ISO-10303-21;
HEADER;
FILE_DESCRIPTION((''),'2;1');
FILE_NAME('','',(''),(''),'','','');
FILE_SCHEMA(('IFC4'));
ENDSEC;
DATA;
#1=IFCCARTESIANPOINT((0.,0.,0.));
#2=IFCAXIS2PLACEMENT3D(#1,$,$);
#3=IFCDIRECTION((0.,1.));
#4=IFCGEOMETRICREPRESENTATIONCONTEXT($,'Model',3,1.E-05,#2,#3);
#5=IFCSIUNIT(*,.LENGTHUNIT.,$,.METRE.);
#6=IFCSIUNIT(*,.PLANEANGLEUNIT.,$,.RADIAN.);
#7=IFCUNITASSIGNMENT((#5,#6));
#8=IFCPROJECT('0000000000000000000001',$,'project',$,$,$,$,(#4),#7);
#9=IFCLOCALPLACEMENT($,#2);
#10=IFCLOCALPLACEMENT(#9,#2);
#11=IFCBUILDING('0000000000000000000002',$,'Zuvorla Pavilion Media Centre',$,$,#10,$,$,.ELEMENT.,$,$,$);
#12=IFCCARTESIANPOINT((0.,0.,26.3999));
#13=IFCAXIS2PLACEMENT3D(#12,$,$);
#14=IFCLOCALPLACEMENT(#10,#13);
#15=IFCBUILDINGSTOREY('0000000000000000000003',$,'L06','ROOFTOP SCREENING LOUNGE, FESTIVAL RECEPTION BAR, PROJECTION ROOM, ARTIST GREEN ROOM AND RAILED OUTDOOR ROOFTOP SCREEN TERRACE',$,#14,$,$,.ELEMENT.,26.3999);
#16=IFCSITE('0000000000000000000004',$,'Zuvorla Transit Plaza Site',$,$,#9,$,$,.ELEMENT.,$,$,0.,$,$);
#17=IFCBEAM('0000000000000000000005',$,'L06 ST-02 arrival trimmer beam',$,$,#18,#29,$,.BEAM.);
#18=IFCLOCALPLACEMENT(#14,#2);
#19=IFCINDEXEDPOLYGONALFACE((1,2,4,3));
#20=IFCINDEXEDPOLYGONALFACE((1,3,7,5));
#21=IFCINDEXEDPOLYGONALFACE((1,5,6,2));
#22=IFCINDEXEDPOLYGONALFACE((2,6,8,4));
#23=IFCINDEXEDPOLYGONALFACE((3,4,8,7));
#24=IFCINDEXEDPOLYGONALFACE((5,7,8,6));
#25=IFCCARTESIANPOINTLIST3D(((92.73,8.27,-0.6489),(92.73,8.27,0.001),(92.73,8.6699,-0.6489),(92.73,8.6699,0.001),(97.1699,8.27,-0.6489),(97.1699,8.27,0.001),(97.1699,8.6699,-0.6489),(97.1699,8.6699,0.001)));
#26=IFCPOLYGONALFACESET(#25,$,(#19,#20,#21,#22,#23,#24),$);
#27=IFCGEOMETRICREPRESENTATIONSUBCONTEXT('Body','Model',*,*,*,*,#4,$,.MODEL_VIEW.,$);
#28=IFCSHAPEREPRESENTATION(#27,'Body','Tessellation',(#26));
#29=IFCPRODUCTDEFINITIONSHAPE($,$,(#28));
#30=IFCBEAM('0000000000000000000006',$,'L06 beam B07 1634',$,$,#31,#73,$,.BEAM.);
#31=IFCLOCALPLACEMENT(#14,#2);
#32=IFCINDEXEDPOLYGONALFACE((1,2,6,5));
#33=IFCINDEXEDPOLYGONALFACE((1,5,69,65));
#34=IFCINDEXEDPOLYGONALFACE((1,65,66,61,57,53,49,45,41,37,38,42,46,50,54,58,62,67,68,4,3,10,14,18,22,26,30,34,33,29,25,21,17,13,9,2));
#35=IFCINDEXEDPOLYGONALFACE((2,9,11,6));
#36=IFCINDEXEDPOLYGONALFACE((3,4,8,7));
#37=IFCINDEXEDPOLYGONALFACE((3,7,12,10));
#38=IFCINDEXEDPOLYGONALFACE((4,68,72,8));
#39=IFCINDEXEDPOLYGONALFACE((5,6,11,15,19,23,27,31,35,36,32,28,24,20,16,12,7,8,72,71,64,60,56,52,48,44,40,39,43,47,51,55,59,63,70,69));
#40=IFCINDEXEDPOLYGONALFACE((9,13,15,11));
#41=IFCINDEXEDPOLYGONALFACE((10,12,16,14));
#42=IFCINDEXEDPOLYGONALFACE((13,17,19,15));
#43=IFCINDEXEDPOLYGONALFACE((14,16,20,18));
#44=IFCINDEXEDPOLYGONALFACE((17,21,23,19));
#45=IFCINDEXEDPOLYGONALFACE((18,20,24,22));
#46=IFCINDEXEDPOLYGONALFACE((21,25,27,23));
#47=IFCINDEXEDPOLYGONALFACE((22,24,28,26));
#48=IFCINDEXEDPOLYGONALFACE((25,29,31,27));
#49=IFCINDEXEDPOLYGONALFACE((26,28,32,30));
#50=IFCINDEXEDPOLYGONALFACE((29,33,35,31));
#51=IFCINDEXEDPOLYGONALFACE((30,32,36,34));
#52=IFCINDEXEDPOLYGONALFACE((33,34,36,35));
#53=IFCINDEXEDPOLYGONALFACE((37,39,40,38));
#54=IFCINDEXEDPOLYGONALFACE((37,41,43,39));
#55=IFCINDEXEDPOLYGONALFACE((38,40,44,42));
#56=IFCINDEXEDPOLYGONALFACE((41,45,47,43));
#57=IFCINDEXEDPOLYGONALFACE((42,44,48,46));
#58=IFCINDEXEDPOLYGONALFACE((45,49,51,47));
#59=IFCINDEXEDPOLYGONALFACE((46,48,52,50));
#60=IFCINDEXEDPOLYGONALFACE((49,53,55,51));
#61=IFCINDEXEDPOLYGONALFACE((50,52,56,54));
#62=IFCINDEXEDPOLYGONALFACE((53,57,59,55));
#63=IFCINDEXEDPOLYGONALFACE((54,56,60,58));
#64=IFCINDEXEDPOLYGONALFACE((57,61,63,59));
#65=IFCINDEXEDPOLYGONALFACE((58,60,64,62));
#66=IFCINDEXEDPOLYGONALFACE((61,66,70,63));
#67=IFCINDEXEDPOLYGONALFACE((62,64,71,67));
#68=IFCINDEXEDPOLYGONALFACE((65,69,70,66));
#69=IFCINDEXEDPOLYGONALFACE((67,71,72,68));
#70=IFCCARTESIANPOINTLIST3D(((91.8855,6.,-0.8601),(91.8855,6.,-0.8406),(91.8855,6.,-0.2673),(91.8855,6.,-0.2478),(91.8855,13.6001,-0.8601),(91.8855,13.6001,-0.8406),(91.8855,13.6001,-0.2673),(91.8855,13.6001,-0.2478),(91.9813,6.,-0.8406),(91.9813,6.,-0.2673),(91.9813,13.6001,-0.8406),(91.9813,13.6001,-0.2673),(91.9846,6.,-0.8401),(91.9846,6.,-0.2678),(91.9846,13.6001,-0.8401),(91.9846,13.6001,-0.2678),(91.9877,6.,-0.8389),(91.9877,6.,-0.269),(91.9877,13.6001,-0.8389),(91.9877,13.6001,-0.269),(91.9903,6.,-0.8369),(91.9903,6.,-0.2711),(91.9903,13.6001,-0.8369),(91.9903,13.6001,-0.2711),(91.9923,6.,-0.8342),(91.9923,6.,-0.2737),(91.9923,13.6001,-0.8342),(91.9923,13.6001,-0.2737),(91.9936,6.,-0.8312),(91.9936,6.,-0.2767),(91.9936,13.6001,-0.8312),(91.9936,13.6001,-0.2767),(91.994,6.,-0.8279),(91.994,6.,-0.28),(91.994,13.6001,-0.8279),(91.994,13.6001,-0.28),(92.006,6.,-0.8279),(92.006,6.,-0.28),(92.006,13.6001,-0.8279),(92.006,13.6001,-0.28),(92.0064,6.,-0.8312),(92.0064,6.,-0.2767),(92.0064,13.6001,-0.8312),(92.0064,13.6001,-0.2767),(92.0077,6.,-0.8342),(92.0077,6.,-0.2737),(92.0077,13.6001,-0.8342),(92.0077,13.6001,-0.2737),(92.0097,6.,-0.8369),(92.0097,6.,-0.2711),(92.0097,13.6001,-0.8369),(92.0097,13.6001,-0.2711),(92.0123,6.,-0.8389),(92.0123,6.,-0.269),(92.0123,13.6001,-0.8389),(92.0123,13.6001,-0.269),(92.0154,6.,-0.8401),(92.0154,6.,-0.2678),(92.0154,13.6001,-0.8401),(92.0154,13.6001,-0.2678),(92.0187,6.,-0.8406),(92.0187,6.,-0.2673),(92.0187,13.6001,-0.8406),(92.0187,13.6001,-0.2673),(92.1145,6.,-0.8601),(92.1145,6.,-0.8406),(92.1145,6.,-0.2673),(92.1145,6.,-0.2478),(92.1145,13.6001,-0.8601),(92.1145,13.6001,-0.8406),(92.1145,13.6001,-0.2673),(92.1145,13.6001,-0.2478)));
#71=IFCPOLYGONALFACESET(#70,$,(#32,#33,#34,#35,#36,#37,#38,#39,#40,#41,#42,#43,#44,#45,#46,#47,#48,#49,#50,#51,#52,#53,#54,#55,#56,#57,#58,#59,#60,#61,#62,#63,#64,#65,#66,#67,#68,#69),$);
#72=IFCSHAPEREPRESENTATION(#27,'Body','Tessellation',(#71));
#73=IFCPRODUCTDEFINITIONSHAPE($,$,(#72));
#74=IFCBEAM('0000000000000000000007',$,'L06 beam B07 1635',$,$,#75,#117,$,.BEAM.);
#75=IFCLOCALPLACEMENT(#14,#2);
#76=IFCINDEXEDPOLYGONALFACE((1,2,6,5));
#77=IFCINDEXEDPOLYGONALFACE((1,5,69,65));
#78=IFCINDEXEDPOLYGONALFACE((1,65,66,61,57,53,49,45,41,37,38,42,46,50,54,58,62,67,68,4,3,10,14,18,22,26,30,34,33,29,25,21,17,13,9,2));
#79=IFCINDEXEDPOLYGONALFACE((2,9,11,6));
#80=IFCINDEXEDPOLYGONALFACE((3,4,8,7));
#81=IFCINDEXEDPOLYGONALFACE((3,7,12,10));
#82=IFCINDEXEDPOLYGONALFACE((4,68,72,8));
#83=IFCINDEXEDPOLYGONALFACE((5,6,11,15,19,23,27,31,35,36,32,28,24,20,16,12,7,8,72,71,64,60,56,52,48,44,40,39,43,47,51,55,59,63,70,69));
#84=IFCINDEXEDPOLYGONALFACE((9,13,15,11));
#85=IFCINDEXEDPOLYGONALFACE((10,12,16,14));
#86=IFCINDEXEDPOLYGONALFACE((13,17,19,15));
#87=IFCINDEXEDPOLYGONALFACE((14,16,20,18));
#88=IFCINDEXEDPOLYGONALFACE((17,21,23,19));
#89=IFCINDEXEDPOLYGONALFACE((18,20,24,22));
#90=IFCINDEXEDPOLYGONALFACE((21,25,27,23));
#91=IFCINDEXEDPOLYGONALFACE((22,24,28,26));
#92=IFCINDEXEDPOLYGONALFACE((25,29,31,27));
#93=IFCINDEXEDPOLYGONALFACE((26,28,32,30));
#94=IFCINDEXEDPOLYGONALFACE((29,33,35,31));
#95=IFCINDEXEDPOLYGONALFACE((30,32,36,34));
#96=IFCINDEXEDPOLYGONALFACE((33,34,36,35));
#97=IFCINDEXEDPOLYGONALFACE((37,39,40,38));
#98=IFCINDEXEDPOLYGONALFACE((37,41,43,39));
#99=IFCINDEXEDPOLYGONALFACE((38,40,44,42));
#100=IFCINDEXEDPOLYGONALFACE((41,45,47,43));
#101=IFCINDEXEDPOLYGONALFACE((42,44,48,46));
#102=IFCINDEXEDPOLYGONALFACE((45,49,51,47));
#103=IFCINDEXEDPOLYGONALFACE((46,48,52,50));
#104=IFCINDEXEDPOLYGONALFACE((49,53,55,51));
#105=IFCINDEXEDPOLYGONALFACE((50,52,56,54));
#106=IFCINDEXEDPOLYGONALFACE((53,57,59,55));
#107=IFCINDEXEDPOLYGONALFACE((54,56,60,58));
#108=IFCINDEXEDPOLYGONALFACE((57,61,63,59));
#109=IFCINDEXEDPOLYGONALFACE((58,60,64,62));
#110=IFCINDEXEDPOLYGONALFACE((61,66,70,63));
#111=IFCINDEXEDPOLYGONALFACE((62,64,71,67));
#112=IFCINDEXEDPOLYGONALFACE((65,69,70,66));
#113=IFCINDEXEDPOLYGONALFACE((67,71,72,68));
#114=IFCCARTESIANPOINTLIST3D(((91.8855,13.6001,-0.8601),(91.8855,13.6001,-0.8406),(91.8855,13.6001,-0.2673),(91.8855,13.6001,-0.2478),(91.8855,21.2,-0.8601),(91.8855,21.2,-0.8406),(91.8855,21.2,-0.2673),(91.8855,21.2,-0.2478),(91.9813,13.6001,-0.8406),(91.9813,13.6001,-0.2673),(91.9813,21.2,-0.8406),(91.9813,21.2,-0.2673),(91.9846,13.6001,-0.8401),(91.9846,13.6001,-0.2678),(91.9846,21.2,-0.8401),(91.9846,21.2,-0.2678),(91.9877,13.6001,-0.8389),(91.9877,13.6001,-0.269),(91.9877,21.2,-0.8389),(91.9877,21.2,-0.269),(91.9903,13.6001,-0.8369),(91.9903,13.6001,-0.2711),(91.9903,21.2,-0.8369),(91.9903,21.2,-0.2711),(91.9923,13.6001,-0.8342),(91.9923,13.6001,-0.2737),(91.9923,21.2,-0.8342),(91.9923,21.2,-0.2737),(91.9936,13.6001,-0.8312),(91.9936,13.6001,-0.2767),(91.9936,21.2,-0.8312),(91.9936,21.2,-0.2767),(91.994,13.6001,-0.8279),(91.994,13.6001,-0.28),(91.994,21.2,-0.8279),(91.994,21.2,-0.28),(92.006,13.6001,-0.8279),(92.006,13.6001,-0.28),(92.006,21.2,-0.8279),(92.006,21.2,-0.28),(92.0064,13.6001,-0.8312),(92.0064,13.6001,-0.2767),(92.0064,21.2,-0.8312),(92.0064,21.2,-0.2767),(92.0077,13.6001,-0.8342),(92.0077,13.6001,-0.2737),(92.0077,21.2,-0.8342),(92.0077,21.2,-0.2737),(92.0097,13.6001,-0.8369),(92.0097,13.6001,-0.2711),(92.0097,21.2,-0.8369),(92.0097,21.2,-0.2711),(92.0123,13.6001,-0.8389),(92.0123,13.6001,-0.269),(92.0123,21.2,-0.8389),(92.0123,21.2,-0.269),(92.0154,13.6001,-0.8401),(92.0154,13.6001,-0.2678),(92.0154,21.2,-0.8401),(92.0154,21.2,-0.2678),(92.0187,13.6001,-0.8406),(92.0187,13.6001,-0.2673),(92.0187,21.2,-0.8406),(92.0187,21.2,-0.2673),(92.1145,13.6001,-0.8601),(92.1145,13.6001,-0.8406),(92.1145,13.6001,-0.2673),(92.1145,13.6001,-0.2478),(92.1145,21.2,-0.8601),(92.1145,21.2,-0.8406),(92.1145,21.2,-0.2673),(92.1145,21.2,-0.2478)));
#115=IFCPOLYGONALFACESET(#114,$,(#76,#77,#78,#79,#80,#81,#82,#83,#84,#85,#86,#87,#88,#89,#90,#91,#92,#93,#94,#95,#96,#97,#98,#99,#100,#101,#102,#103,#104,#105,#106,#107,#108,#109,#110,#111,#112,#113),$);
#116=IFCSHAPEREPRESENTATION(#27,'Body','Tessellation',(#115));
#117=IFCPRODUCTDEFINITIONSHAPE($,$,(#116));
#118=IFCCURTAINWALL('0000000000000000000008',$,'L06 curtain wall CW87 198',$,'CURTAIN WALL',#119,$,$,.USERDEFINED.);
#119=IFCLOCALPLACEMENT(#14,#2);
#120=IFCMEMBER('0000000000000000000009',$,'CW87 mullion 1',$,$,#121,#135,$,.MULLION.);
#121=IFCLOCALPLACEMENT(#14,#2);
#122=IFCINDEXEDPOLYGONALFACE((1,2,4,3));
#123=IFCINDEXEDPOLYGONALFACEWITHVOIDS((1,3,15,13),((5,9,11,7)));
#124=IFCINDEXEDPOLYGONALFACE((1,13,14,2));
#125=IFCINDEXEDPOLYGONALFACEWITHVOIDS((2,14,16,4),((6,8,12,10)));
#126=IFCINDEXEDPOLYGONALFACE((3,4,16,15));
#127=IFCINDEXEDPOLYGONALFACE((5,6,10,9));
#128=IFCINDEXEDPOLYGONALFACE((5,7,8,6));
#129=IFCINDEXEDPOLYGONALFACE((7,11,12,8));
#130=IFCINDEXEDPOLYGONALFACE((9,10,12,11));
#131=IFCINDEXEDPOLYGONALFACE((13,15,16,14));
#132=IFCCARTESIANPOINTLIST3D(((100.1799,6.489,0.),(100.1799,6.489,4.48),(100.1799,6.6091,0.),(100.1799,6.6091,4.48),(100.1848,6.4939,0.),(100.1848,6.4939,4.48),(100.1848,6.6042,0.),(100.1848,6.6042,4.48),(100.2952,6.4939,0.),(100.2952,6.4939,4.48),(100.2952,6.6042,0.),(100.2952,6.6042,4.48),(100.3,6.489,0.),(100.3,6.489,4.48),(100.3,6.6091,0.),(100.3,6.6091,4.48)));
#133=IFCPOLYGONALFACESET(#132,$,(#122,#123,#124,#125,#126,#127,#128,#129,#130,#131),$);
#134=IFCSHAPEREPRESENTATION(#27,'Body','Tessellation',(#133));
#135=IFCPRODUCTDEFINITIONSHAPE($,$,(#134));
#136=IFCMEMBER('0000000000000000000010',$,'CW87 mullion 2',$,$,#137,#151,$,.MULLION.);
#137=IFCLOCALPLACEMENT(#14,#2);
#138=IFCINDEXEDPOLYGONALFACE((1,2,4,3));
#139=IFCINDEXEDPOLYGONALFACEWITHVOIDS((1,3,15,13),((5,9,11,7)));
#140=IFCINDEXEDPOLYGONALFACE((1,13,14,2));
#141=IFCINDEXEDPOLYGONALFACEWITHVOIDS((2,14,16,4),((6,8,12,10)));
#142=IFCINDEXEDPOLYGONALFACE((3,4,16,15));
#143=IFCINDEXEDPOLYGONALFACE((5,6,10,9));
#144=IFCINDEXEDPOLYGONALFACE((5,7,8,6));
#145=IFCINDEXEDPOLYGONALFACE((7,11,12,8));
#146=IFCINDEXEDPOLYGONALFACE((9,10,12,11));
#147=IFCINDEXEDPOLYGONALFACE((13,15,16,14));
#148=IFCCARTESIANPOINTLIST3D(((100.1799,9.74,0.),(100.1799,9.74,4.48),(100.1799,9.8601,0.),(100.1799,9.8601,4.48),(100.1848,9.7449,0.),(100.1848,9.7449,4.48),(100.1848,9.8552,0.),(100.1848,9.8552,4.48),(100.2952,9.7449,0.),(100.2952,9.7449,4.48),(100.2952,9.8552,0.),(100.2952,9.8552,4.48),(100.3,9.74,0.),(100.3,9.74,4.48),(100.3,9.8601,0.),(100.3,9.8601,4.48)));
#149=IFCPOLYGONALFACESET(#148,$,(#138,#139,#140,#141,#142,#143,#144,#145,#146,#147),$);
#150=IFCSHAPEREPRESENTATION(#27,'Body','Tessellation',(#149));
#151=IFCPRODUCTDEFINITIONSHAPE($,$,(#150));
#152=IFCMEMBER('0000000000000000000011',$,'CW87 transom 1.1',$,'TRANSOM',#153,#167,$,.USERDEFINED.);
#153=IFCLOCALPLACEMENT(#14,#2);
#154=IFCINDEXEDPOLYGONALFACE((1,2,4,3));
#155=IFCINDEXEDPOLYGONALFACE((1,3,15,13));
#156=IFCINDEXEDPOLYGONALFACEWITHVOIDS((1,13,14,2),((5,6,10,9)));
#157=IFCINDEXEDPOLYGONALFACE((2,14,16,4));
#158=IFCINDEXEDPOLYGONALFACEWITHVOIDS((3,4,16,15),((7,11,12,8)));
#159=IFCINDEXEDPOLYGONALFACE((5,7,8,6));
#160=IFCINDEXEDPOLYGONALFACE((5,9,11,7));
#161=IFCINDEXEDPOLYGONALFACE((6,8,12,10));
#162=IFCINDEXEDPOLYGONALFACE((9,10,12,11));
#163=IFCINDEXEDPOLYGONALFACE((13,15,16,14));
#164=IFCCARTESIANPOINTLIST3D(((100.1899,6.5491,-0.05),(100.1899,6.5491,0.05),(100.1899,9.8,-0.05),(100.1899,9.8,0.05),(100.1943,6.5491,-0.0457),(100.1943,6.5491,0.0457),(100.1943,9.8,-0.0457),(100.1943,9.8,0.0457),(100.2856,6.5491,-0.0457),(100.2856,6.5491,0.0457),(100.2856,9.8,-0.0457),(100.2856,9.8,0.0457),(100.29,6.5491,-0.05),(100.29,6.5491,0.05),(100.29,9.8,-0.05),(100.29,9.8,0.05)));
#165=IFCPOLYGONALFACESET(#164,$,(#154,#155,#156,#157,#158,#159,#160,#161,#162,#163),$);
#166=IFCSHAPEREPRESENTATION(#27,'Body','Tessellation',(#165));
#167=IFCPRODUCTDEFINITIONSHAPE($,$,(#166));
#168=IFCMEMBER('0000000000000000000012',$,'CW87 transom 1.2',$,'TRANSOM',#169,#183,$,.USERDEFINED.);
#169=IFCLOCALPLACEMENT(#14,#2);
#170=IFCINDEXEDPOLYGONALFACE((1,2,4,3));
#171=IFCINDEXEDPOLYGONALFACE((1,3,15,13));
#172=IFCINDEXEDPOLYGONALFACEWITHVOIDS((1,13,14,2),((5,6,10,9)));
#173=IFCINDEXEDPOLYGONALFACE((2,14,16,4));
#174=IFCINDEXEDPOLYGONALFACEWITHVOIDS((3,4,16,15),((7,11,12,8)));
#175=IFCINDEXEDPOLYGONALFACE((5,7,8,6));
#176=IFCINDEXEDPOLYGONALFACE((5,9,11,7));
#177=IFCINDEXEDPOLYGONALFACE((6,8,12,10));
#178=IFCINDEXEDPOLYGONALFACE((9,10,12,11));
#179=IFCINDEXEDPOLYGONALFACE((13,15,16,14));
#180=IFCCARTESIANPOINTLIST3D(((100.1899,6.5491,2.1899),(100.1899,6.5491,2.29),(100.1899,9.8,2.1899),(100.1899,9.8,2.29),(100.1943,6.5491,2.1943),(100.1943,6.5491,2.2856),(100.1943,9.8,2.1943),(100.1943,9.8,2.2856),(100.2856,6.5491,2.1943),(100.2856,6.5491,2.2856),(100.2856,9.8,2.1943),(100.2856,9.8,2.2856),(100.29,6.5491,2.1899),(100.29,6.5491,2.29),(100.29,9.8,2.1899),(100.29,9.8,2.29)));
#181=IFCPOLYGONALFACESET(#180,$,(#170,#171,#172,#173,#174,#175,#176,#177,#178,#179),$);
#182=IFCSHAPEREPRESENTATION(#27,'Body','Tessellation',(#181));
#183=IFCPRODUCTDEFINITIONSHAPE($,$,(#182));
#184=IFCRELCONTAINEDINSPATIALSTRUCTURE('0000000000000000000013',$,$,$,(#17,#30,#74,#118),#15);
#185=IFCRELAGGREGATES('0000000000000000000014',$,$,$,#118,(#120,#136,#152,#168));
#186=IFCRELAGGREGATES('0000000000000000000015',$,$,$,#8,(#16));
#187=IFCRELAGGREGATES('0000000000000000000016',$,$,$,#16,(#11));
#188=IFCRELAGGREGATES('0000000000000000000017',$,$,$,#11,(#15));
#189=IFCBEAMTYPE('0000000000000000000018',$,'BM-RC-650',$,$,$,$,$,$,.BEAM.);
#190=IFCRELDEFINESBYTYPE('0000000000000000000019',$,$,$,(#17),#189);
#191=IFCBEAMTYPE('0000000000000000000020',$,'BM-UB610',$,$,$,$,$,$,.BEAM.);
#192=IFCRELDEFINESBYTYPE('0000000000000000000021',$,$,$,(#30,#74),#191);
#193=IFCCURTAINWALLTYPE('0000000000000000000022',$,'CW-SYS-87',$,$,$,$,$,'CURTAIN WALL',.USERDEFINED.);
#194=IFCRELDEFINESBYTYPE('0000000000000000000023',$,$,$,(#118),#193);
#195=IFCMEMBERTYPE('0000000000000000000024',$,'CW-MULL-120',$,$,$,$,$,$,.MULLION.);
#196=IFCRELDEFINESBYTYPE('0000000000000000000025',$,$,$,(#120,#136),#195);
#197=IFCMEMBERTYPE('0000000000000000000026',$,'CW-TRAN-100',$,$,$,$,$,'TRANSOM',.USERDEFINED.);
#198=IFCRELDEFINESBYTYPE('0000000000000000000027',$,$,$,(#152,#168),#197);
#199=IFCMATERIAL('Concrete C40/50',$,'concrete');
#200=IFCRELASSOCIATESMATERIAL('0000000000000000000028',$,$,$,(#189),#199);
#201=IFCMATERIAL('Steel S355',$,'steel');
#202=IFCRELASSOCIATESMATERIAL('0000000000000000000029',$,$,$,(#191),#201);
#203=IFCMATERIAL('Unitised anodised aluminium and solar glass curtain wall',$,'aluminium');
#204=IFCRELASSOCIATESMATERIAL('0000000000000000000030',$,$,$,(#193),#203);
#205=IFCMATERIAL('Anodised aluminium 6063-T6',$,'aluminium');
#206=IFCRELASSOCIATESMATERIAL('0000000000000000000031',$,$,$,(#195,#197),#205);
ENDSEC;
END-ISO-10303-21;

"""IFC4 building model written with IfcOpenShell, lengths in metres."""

from ifc_helpers import new_model, si_unit, direction, frame, origin, origin_2d, place, context, subcontext, project, spatial, rectangle, hollow_rectangle, i_section, extrude, material, material_profile, profile_set, type_object, element, aggregate, save


model = new_model("IFC4")

# Units and contexts
model_context = context("Model", 3, precision=1e-05, world=origin(), true_north=direction((0.0, 1.0)))
body_context = subcontext(model_context, "Body", "Model", "MODEL_VIEW")
ifc_project = project(units=[si_unit("LENGTHUNIT", "METRE"), si_unit("PLANEANGLEUNIT", "RADIAN")], contexts=[model_context])

# Site, building, storey
site_placement = place(None, origin())
site = spatial("IfcSite", under=ifc_project, at=site_placement, Name="Zuvorla Transit Plaza Site", CompositionType="ELEMENT", RefElevation=0.0)
building_placement = place(site_placement, origin())
building = spatial("IfcBuilding", under=site, at=building_placement, Name="Zuvorla Pavilion Media Centre", CompositionType="ELEMENT")
storey_placement = place(building_placement, frame((0.0, 0.0, 26.3999)))
storey = spatial("IfcBuildingStorey", under=building, at=storey_placement, Name="L06", Description="ROOFTOP SCREENING LOUNGE, FESTIVAL RECEPTION BAR, PROJECTION ROOM, ARTIST GREEN ROOM AND RAILED OUTDOOR ROOFTOP SCREEN TERRACE", CompositionType="ELEMENT", Elevation=26.3999)

# Beams
ifc_material_1 = material(Name="Concrete C40/50", Category="concrete")
ifc_material_profile_1 = material_profile(ifc_material_1, rectangle(XDim=0.3999, YDim=0.6499, at=origin_2d()), Name="RC 400x650")
ifc_profile_set_1 = profile_set([ifc_material_profile_1], Name="Concrete C40/50")
beam_type_1 = type_object("IfcBeamType", Name="BM-RC-650", PredefinedType="BEAM", material=ifc_profile_set_1)
beam_1_placement = place(storey_placement, frame((92.73, 8.47, -0.324), z_axis=(1.0, 0.0, 0.0), x_axis=(0.0, 1.0, 0.0)))
element("IfcBeam", 1, at=beam_1_placement, inside=storey, type_object=beam_type_1, Name="L06 ST-02 arrival trimmer beam", PredefinedType="BEAM", context=body_context, shape_type="SweptSolid", body=[
    extrude(rectangle(XDim=0.3999, YDim=0.6499, at=origin_2d()), origin(), (0.0, 0.0, 1.0), 4.4399),
])
ifc_material_2 = material(Name="Steel S355", Category="steel")
ifc_material_profile_2 = material_profile(ifc_material_2, i_section(OverallWidth=0.229, OverallDepth=0.6123, WebThickness=0.012, FlangeThickness=0.0195, FilletRadius=0.0127, at=origin_2d()), Name="UB 610x229x125")
ifc_profile_set_2 = profile_set([ifc_material_profile_2], Name="Steel S355")
beam_type_2 = type_object("IfcBeamType", Name="BM-UB610", PredefinedType="BEAM", material=ifc_profile_set_2)
beam_2_placement = place(storey_placement, frame((92.0, 6.0, -0.554), z_axis=(0.0, 1.0, 0.0), x_axis=(-1.0, 0.0, 0.0)))
element("IfcBeam", 2, at=beam_2_placement, inside=storey, type_object=beam_type_2, Name="L06 beam B07 1634", PredefinedType="BEAM", context=body_context, shape_type="SweptSolid", body=[
    extrude(i_section(OverallWidth=0.229, OverallDepth=0.6123, WebThickness=0.012, FlangeThickness=0.0195, FilletRadius=0.0127, at=origin_2d()), origin(), (0.0, 0.0, 1.0), 7.6001),
])
beam_3_placement = place(storey_placement, frame((92.0, 13.6001, -0.554), z_axis=(0.0, 1.0, 0.0), x_axis=(-1.0, 0.0, 0.0)))
element("IfcBeam", 3, at=beam_3_placement, inside=storey, type_object=beam_type_2, Name="L06 beam B07 1635", PredefinedType="BEAM", context=body_context, shape_type="SweptSolid", body=[
    extrude(i_section(OverallWidth=0.229, OverallDepth=0.6123, WebThickness=0.012, FlangeThickness=0.0195, FilletRadius=0.0127, at=origin_2d()), origin(), (0.0, 0.0, 1.0), 7.5999),
])

# Curtain wall, members
ifc_material_3 = material(Name="Unitised anodised aluminium and solar glass curtain wall", Category="aluminium")
curtain_wall_type = type_object("IfcCurtainWallType", Name="CW-SYS-87", ElementType="CURTAIN WALL", PredefinedType="USERDEFINED", material=ifc_material_3)
curtain_wall_placement = place(storey_placement, origin())
curtain_wall = element("IfcCurtainWall", 4, at=curtain_wall_placement, inside=storey, type_object=curtain_wall_type, Name="L06 curtain wall CW87 198", ObjectType="CURTAIN WALL", PredefinedType="USERDEFINED")
ifc_material_4 = material(Name="Anodised aluminium 6063-T6", Category="aluminium")
ifc_material_profile_3 = material_profile(ifc_material_4, hollow_rectangle(XDim=0.1201, YDim=0.1201, WallThickness=0.0049, at=origin_2d()), Name="ALU MULL 120x120")
ifc_profile_set_3 = profile_set([ifc_material_profile_3], Name="Anodised aluminium 6063-T6")
member_type_1 = type_object("IfcMemberType", Name="CW-MULL-120", PredefinedType="MULLION", material=ifc_profile_set_3)
member_1_placement = place(storey_placement, frame((100.24, 6.5491, 0.0), z_axis=(0.0, 0.0, 1.0), x_axis=(1.0, 0.0, 0.0)))
member_1 = element("IfcMember", 5, at=member_1_placement, type_object=member_type_1, Name="CW87 mullion 1", PredefinedType="MULLION", context=body_context, shape_type="SweptSolid", body=[
    extrude(hollow_rectangle(XDim=0.1201, YDim=0.1201, WallThickness=0.0049, at=origin_2d()), origin(), (0.0, 0.0, 1.0), 4.48),
])
member_2_placement = place(storey_placement, frame((100.24, 9.8, 0.0), z_axis=(0.0, 0.0, 1.0), x_axis=(1.0, 0.0, 0.0)))
member_2 = element("IfcMember", 6, at=member_2_placement, type_object=member_type_1, Name="CW87 mullion 2", PredefinedType="MULLION", context=body_context, shape_type="SweptSolid", body=[
    extrude(hollow_rectangle(XDim=0.1201, YDim=0.1201, WallThickness=0.0049, at=origin_2d()), origin(), (0.0, 0.0, 1.0), 4.48),
])
ifc_material_profile_4 = material_profile(ifc_material_4, hollow_rectangle(XDim=0.1001, YDim=0.1001, WallThickness=0.0044, at=origin_2d()), Name="ALU TRAN 100x100")
ifc_profile_set_4 = profile_set([ifc_material_profile_4], Name="Anodised aluminium 6063-T6")
member_type_2 = type_object("IfcMemberType", Name="CW-TRAN-100", ElementType="TRANSOM", PredefinedType="USERDEFINED", material=ifc_profile_set_4)
member_3_placement = place(storey_placement, frame((100.24, 6.5491, 0.0), z_axis=(0.0, 1.0, 0.0), x_axis=(-1.0, 0.0, 0.0)))
member_3 = element("IfcMember", 7, at=member_3_placement, type_object=member_type_2, Name="CW87 transom 1.1", ObjectType="TRANSOM", PredefinedType="USERDEFINED", context=body_context, shape_type="SweptSolid", body=[
    extrude(hollow_rectangle(XDim=0.1001, YDim=0.1001, WallThickness=0.0044, at=origin_2d()), origin(), (0.0, 0.0, 1.0), 3.251),
])
member_4_placement = place(storey_placement, frame((100.24, 6.5491, 2.24), z_axis=(0.0, 1.0, 0.0), x_axis=(-1.0, 0.0, 0.0)))
member_4 = element("IfcMember", 8, at=member_4_placement, type_object=member_type_2, Name="CW87 transom 1.2", ObjectType="TRANSOM", PredefinedType="USERDEFINED", context=body_context, shape_type="SweptSolid", body=[
    extrude(hollow_rectangle(XDim=0.1001, YDim=0.1001, WallThickness=0.0044, at=origin_2d()), origin(), (0.0, 0.0, 1.0), 3.251),
])
aggregate(curtain_wall, [member_1, member_2, member_3, member_4])

save(model, "model.ifc")
